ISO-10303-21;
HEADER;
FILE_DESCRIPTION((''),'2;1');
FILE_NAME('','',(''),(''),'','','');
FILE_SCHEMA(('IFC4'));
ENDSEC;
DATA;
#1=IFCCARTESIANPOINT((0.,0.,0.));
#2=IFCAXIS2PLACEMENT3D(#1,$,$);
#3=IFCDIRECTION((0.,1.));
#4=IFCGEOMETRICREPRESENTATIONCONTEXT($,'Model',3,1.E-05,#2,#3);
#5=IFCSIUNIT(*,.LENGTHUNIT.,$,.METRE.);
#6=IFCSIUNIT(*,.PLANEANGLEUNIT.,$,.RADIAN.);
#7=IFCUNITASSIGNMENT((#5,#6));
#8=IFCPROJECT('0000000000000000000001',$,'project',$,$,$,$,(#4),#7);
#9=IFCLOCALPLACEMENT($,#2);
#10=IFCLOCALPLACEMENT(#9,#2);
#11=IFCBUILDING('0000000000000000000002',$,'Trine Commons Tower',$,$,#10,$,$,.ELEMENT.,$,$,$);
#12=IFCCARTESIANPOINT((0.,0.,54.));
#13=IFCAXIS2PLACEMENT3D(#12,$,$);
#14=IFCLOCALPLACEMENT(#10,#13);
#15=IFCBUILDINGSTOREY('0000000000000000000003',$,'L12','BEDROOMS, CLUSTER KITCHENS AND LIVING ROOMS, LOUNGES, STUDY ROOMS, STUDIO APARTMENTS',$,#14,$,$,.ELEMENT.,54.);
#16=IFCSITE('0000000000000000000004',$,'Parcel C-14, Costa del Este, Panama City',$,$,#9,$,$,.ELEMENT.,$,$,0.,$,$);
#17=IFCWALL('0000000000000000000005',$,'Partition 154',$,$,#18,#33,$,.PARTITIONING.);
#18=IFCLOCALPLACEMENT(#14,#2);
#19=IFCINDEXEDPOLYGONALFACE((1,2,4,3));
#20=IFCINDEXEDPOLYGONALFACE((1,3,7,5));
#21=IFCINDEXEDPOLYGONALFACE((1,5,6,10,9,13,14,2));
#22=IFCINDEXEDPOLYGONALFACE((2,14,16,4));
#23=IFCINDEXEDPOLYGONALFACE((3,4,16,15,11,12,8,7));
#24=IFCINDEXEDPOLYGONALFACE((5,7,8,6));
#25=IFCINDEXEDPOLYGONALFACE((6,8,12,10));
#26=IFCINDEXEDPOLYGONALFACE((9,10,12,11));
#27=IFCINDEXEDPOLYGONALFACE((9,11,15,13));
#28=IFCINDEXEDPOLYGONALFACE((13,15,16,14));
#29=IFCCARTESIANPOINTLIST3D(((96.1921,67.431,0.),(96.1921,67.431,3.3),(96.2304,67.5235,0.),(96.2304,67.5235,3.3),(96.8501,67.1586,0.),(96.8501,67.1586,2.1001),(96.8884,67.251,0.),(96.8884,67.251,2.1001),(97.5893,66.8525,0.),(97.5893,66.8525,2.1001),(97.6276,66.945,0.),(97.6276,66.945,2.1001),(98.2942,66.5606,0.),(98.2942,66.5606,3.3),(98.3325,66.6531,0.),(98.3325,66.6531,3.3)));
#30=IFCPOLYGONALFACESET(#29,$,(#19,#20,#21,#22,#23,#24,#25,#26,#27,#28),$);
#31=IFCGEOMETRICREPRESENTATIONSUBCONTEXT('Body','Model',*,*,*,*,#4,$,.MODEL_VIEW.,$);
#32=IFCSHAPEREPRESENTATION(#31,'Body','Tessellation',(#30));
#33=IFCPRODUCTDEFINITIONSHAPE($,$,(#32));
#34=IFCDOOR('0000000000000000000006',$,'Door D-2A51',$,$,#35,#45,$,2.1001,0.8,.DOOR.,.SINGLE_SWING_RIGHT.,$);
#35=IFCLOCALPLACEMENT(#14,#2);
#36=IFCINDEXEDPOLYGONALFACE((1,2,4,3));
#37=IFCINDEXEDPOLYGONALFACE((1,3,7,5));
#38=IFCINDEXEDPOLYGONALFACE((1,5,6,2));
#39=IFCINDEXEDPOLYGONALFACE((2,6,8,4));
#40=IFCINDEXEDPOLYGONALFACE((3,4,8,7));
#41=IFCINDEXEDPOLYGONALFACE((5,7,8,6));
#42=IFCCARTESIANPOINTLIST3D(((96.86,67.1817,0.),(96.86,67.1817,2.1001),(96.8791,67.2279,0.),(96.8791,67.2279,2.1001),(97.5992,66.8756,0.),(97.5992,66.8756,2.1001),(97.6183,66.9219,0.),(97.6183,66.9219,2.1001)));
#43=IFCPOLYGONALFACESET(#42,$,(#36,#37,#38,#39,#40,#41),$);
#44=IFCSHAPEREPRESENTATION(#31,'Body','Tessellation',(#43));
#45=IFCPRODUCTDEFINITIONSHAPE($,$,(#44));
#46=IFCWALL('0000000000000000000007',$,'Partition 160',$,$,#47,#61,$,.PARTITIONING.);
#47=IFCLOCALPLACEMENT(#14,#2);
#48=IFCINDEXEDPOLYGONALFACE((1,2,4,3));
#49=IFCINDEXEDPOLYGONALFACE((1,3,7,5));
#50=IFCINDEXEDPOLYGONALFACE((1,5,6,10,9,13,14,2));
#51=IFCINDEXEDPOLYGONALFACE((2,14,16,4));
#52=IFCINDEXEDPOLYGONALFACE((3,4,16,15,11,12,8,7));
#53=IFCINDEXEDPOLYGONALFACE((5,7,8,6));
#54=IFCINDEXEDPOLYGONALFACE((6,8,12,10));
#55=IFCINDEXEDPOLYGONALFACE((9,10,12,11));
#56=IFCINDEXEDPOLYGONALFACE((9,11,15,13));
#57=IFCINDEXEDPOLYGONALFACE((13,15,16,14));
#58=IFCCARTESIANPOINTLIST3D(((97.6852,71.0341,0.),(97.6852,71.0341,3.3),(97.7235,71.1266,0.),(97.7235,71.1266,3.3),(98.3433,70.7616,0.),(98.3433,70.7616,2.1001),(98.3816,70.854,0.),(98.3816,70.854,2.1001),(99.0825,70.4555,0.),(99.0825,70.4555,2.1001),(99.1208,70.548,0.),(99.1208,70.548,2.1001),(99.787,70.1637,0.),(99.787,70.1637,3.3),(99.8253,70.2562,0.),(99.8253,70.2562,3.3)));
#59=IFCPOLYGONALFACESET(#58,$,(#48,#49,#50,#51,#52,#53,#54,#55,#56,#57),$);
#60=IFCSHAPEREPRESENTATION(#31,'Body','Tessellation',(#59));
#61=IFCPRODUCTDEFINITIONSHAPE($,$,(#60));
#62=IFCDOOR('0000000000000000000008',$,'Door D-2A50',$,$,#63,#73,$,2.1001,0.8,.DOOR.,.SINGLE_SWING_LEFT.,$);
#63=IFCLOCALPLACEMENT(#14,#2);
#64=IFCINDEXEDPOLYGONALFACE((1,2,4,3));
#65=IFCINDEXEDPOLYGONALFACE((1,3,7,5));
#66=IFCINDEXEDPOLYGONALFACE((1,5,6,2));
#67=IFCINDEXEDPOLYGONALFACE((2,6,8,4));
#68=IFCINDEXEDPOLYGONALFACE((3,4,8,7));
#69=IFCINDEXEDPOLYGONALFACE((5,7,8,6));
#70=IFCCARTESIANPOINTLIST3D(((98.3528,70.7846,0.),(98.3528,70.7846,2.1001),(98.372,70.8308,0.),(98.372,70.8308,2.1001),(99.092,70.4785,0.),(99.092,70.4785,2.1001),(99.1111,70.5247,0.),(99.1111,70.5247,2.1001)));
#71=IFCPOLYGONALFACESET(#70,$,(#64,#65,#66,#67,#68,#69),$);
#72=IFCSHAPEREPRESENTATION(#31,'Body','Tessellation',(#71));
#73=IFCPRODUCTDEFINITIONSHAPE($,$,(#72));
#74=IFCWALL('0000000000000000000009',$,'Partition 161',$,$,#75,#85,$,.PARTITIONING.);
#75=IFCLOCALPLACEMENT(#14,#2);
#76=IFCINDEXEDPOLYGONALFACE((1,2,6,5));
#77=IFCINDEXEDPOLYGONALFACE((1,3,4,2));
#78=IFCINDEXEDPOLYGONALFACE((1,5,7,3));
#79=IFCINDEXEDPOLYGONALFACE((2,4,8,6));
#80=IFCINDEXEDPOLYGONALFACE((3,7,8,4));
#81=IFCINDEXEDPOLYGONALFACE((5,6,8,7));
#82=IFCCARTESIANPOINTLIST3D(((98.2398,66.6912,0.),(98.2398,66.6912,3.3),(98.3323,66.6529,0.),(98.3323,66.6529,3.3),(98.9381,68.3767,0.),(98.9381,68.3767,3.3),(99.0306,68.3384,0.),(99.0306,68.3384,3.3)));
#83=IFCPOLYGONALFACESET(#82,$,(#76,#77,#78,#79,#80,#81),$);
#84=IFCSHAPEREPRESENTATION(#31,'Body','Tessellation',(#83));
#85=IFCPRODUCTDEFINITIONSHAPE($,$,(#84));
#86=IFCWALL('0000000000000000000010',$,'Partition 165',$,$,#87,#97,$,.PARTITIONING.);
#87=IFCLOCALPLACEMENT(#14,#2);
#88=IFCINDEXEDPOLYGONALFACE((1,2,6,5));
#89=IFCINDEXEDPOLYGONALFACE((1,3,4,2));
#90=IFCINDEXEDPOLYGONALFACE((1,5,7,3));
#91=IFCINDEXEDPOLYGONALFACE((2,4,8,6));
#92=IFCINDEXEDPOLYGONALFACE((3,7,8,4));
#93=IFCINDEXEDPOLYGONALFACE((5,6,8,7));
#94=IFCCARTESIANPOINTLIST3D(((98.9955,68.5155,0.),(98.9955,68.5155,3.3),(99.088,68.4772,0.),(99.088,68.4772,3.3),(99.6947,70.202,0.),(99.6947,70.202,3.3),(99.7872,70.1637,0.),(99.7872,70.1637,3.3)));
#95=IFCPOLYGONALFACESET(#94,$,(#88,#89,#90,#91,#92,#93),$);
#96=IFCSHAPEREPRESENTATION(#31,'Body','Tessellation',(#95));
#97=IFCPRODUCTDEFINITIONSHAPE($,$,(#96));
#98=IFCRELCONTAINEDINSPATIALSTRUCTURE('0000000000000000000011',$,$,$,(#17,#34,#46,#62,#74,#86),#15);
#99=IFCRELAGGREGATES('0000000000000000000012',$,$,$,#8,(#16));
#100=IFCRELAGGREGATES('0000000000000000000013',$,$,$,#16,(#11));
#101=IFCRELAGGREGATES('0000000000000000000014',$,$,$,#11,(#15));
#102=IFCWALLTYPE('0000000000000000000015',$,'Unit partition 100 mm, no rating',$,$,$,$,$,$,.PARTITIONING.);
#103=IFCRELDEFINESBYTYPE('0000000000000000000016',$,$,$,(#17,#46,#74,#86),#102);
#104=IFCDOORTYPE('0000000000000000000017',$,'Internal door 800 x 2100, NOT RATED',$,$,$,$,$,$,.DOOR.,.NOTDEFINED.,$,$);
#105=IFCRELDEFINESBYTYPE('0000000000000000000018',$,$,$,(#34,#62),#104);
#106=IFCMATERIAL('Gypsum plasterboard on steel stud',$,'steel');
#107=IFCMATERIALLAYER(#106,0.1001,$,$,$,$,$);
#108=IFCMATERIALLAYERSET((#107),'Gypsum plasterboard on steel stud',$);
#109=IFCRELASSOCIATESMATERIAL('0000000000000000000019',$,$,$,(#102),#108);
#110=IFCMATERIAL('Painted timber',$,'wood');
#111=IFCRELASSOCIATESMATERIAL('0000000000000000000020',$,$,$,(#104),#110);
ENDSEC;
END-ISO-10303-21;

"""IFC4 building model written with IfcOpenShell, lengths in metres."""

from ifc_helpers import new_model, si_unit, direction, frame, frame_2d, origin, place, context, subcontext, project, spatial, rectangle, extrude, material, layer, layer_set, type_object, element, fill, save


model = new_model("IFC4")

# Units and contexts
model_context = context("Model", 3, precision=1e-05, world=origin(), true_north=direction((0.0, 1.0)))
body_context = subcontext(model_context, "Body", "Model", "MODEL_VIEW")
ifc_project = project(units=[si_unit("LENGTHUNIT", "METRE"), si_unit("PLANEANGLEUNIT", "RADIAN")], contexts=[model_context])

# Site, building, storey
site_placement = place(None, origin())
site = spatial("IfcSite", under=ifc_project, at=site_placement, Name="Parcel C-14, Costa del Este, Panama City", CompositionType="ELEMENT", RefElevation=0.0)
building_placement = place(site_placement, origin())
building = spatial("IfcBuilding", under=site, at=building_placement, Name="Trine Commons Tower", CompositionType="ELEMENT")
storey_placement = place(building_placement, frame((0.0, 0.0, 54.0)))
storey = spatial("IfcBuildingStorey", under=building, at=storey_placement, Name="L12", Description="BEDROOMS, CLUSTER KITCHENS AND LIVING ROOMS, LOUNGES, STUDY ROOMS, STUDIO APARTMENTS", CompositionType="ELEMENT", Elevation=54.0)

# Shared definitions
ifc_material_1 = material(Name="Gypsum plasterboard on steel stud", Category="steel")

# Walls, openings, doors
ifc_layer_1 = layer(ifc_material_1, 0.1001)
ifc_layer_set_1 = layer_set([ifc_layer_1], Name="Gypsum plasterboard on steel stud")
wall_type_1 = type_object("IfcWallType", Name="Unit partition 100 mm, no rating", PredefinedType="PARTITIONING", material=ifc_layer_set_1)
ifc_material_2 = material(Name="Painted timber", Category="wood")
door_type_1 = type_object("IfcDoorType", Name="Internal door 800 x 2100, NOT RATED", OperationType="NOTDEFINED", PredefinedType="DOOR", material=ifc_material_2)
wall_1_placement = place(storey_placement, frame((96.2112, 67.4773, 0.0), z_axis=(0.0, 0.0, 1.0), x_axis=(0.923932, -0.382557, 0.0)))
wall_1 = element("IfcWall", 1, at=wall_1_placement, inside=storey, type_object=wall_type_1, Name="Partition 154", PredefinedType="PARTITIONING", context=body_context, shape_type="SweptSolid", body=[
    extrude(rectangle(XDim=2.2751, YDim=0.1001, at=frame_2d((1.1377, 0.0))), origin(), (0.0, 0.0, 1.0), 3.3),
])
opening_1_placement = place(wall_1_placement, frame((0.7124, 0.0, 0.0)))
opening_1 = element("IfcOpeningElement", 2, at=opening_1_placement, cuts=wall_1, PredefinedType="OPENING", context=body_context, shape_type="SweptSolid", body=[
    extrude(rectangle(XDim=0.8, YDim=2.1001, at=frame_2d((0.3999, 1.05))), frame((0.0, 0.0601, 0.0), z_axis=(0.0, -1.0, 0.0), x_axis=(1.0, 0.0, 0.0)), (0.0, 0.0, 1.0), 0.1201),
])
door_1_placement = place(opening_1_placement, frame((0.8, 0.0, 0.0), z_axis=(0.0, 0.0, 1.0), x_axis=(-1.0, 0.0, 0.0)))
door_1 = element("IfcDoor", 3, at=door_1_placement, inside=storey, type_object=door_type_1, Name="Door D-2A51", OperationType="SINGLE_SWING_RIGHT", OverallHeight=2.1001, OverallWidth=0.8, PredefinedType="DOOR", context=body_context, shape_type="SweptSolid", body=[
    extrude(rectangle(XDim=0.8, YDim=2.1001, at=frame_2d((0.3999, 1.05))), frame((0.0, 0.0249, 0.0), z_axis=(0.0, -1.0, 0.0), x_axis=(1.0, 0.0, 0.0)), (0.0, 0.0, 1.0), 0.05),
])
fill(opening_1, door_1)
wall_2_placement = place(storey_placement, frame((97.7043, 71.0803, 0.0), z_axis=(0.0, 0.0, 1.0), x_axis=(0.923916, -0.382595, 0.0)))
wall_2 = element("IfcWall", 4, at=wall_2_placement, inside=storey, type_object=wall_type_1, Name="Partition 160", PredefinedType="PARTITIONING", context=body_context, shape_type="SweptSolid", body=[
    extrude(rectangle(XDim=2.2749, YDim=0.1001, at=frame_2d((1.1375, 0.0))), origin(), (0.0, 0.0, 1.0), 3.3),
])
opening_2_placement = place(wall_2_placement, frame((0.7124, 0.0, 0.0)))
opening_2 = element("IfcOpeningElement", 5, at=opening_2_placement, cuts=wall_2, PredefinedType="OPENING", context=body_context, shape_type="SweptSolid", body=[
    extrude(rectangle(XDim=0.8, YDim=2.1001, at=frame_2d((0.3999, 1.05))), frame((0.0, 0.0601, 0.0), z_axis=(0.0, -1.0, 0.0), x_axis=(1.0, 0.0, 0.0)), (0.0, 0.0, 1.0), 0.1201),
])
door_2_placement = place(opening_2_placement, origin())
door_2 = element("IfcDoor", 6, at=door_2_placement, inside=storey, type_object=door_type_1, Name="Door D-2A50", OperationType="SINGLE_SWING_LEFT", OverallHeight=2.1001, OverallWidth=0.8, PredefinedType="DOOR", context=body_context, shape_type="SweptSolid", body=[
    extrude(rectangle(XDim=0.8, YDim=2.1001, at=frame_2d((0.3999, 1.05))), frame((0.0, 0.0249, 0.0), z_axis=(0.0, -1.0, 0.0), x_axis=(1.0, 0.0, 0.0)), (0.0, 0.0, 1.0), 0.05),
])
fill(opening_2, door_2)

# Walls
wall_3_placement = place(storey_placement, frame((98.2861, 66.6721, 0.0), z_axis=(0.0, 0.0, 1.0), x_axis=(0.382714, 0.923867, 0.0)))
element("IfcWall", 7, at=wall_3_placement, inside=storey, type_object=wall_type_1, Name="Partition 161", PredefinedType="PARTITIONING", context=body_context, shape_type="SweptSolid", body=[
    extrude(rectangle(XDim=1.8245, YDim=0.1001, at=frame_2d((0.9121, 0.0))), origin(), (0.0, 0.0, 1.0), 3.3),
])
wall_4_placement = place(storey_placement, frame((99.0417, 68.4963, 0.0), z_axis=(0.0, 0.0, 1.0), x_axis=(0.382982, 0.923756, 0.0)))
element("IfcWall", 8, at=wall_4_placement, inside=storey, type_object=wall_type_1, Name="Partition 165", PredefinedType="PARTITIONING", context=body_context, shape_type="SweptSolid", body=[
    extrude(rectangle(XDim=1.8257, YDim=0.1001, at=frame_2d((0.9128, 0.0))), origin(), (0.0, 0.0, 1.0), 3.3),
])

save(model, "model.ifc")
